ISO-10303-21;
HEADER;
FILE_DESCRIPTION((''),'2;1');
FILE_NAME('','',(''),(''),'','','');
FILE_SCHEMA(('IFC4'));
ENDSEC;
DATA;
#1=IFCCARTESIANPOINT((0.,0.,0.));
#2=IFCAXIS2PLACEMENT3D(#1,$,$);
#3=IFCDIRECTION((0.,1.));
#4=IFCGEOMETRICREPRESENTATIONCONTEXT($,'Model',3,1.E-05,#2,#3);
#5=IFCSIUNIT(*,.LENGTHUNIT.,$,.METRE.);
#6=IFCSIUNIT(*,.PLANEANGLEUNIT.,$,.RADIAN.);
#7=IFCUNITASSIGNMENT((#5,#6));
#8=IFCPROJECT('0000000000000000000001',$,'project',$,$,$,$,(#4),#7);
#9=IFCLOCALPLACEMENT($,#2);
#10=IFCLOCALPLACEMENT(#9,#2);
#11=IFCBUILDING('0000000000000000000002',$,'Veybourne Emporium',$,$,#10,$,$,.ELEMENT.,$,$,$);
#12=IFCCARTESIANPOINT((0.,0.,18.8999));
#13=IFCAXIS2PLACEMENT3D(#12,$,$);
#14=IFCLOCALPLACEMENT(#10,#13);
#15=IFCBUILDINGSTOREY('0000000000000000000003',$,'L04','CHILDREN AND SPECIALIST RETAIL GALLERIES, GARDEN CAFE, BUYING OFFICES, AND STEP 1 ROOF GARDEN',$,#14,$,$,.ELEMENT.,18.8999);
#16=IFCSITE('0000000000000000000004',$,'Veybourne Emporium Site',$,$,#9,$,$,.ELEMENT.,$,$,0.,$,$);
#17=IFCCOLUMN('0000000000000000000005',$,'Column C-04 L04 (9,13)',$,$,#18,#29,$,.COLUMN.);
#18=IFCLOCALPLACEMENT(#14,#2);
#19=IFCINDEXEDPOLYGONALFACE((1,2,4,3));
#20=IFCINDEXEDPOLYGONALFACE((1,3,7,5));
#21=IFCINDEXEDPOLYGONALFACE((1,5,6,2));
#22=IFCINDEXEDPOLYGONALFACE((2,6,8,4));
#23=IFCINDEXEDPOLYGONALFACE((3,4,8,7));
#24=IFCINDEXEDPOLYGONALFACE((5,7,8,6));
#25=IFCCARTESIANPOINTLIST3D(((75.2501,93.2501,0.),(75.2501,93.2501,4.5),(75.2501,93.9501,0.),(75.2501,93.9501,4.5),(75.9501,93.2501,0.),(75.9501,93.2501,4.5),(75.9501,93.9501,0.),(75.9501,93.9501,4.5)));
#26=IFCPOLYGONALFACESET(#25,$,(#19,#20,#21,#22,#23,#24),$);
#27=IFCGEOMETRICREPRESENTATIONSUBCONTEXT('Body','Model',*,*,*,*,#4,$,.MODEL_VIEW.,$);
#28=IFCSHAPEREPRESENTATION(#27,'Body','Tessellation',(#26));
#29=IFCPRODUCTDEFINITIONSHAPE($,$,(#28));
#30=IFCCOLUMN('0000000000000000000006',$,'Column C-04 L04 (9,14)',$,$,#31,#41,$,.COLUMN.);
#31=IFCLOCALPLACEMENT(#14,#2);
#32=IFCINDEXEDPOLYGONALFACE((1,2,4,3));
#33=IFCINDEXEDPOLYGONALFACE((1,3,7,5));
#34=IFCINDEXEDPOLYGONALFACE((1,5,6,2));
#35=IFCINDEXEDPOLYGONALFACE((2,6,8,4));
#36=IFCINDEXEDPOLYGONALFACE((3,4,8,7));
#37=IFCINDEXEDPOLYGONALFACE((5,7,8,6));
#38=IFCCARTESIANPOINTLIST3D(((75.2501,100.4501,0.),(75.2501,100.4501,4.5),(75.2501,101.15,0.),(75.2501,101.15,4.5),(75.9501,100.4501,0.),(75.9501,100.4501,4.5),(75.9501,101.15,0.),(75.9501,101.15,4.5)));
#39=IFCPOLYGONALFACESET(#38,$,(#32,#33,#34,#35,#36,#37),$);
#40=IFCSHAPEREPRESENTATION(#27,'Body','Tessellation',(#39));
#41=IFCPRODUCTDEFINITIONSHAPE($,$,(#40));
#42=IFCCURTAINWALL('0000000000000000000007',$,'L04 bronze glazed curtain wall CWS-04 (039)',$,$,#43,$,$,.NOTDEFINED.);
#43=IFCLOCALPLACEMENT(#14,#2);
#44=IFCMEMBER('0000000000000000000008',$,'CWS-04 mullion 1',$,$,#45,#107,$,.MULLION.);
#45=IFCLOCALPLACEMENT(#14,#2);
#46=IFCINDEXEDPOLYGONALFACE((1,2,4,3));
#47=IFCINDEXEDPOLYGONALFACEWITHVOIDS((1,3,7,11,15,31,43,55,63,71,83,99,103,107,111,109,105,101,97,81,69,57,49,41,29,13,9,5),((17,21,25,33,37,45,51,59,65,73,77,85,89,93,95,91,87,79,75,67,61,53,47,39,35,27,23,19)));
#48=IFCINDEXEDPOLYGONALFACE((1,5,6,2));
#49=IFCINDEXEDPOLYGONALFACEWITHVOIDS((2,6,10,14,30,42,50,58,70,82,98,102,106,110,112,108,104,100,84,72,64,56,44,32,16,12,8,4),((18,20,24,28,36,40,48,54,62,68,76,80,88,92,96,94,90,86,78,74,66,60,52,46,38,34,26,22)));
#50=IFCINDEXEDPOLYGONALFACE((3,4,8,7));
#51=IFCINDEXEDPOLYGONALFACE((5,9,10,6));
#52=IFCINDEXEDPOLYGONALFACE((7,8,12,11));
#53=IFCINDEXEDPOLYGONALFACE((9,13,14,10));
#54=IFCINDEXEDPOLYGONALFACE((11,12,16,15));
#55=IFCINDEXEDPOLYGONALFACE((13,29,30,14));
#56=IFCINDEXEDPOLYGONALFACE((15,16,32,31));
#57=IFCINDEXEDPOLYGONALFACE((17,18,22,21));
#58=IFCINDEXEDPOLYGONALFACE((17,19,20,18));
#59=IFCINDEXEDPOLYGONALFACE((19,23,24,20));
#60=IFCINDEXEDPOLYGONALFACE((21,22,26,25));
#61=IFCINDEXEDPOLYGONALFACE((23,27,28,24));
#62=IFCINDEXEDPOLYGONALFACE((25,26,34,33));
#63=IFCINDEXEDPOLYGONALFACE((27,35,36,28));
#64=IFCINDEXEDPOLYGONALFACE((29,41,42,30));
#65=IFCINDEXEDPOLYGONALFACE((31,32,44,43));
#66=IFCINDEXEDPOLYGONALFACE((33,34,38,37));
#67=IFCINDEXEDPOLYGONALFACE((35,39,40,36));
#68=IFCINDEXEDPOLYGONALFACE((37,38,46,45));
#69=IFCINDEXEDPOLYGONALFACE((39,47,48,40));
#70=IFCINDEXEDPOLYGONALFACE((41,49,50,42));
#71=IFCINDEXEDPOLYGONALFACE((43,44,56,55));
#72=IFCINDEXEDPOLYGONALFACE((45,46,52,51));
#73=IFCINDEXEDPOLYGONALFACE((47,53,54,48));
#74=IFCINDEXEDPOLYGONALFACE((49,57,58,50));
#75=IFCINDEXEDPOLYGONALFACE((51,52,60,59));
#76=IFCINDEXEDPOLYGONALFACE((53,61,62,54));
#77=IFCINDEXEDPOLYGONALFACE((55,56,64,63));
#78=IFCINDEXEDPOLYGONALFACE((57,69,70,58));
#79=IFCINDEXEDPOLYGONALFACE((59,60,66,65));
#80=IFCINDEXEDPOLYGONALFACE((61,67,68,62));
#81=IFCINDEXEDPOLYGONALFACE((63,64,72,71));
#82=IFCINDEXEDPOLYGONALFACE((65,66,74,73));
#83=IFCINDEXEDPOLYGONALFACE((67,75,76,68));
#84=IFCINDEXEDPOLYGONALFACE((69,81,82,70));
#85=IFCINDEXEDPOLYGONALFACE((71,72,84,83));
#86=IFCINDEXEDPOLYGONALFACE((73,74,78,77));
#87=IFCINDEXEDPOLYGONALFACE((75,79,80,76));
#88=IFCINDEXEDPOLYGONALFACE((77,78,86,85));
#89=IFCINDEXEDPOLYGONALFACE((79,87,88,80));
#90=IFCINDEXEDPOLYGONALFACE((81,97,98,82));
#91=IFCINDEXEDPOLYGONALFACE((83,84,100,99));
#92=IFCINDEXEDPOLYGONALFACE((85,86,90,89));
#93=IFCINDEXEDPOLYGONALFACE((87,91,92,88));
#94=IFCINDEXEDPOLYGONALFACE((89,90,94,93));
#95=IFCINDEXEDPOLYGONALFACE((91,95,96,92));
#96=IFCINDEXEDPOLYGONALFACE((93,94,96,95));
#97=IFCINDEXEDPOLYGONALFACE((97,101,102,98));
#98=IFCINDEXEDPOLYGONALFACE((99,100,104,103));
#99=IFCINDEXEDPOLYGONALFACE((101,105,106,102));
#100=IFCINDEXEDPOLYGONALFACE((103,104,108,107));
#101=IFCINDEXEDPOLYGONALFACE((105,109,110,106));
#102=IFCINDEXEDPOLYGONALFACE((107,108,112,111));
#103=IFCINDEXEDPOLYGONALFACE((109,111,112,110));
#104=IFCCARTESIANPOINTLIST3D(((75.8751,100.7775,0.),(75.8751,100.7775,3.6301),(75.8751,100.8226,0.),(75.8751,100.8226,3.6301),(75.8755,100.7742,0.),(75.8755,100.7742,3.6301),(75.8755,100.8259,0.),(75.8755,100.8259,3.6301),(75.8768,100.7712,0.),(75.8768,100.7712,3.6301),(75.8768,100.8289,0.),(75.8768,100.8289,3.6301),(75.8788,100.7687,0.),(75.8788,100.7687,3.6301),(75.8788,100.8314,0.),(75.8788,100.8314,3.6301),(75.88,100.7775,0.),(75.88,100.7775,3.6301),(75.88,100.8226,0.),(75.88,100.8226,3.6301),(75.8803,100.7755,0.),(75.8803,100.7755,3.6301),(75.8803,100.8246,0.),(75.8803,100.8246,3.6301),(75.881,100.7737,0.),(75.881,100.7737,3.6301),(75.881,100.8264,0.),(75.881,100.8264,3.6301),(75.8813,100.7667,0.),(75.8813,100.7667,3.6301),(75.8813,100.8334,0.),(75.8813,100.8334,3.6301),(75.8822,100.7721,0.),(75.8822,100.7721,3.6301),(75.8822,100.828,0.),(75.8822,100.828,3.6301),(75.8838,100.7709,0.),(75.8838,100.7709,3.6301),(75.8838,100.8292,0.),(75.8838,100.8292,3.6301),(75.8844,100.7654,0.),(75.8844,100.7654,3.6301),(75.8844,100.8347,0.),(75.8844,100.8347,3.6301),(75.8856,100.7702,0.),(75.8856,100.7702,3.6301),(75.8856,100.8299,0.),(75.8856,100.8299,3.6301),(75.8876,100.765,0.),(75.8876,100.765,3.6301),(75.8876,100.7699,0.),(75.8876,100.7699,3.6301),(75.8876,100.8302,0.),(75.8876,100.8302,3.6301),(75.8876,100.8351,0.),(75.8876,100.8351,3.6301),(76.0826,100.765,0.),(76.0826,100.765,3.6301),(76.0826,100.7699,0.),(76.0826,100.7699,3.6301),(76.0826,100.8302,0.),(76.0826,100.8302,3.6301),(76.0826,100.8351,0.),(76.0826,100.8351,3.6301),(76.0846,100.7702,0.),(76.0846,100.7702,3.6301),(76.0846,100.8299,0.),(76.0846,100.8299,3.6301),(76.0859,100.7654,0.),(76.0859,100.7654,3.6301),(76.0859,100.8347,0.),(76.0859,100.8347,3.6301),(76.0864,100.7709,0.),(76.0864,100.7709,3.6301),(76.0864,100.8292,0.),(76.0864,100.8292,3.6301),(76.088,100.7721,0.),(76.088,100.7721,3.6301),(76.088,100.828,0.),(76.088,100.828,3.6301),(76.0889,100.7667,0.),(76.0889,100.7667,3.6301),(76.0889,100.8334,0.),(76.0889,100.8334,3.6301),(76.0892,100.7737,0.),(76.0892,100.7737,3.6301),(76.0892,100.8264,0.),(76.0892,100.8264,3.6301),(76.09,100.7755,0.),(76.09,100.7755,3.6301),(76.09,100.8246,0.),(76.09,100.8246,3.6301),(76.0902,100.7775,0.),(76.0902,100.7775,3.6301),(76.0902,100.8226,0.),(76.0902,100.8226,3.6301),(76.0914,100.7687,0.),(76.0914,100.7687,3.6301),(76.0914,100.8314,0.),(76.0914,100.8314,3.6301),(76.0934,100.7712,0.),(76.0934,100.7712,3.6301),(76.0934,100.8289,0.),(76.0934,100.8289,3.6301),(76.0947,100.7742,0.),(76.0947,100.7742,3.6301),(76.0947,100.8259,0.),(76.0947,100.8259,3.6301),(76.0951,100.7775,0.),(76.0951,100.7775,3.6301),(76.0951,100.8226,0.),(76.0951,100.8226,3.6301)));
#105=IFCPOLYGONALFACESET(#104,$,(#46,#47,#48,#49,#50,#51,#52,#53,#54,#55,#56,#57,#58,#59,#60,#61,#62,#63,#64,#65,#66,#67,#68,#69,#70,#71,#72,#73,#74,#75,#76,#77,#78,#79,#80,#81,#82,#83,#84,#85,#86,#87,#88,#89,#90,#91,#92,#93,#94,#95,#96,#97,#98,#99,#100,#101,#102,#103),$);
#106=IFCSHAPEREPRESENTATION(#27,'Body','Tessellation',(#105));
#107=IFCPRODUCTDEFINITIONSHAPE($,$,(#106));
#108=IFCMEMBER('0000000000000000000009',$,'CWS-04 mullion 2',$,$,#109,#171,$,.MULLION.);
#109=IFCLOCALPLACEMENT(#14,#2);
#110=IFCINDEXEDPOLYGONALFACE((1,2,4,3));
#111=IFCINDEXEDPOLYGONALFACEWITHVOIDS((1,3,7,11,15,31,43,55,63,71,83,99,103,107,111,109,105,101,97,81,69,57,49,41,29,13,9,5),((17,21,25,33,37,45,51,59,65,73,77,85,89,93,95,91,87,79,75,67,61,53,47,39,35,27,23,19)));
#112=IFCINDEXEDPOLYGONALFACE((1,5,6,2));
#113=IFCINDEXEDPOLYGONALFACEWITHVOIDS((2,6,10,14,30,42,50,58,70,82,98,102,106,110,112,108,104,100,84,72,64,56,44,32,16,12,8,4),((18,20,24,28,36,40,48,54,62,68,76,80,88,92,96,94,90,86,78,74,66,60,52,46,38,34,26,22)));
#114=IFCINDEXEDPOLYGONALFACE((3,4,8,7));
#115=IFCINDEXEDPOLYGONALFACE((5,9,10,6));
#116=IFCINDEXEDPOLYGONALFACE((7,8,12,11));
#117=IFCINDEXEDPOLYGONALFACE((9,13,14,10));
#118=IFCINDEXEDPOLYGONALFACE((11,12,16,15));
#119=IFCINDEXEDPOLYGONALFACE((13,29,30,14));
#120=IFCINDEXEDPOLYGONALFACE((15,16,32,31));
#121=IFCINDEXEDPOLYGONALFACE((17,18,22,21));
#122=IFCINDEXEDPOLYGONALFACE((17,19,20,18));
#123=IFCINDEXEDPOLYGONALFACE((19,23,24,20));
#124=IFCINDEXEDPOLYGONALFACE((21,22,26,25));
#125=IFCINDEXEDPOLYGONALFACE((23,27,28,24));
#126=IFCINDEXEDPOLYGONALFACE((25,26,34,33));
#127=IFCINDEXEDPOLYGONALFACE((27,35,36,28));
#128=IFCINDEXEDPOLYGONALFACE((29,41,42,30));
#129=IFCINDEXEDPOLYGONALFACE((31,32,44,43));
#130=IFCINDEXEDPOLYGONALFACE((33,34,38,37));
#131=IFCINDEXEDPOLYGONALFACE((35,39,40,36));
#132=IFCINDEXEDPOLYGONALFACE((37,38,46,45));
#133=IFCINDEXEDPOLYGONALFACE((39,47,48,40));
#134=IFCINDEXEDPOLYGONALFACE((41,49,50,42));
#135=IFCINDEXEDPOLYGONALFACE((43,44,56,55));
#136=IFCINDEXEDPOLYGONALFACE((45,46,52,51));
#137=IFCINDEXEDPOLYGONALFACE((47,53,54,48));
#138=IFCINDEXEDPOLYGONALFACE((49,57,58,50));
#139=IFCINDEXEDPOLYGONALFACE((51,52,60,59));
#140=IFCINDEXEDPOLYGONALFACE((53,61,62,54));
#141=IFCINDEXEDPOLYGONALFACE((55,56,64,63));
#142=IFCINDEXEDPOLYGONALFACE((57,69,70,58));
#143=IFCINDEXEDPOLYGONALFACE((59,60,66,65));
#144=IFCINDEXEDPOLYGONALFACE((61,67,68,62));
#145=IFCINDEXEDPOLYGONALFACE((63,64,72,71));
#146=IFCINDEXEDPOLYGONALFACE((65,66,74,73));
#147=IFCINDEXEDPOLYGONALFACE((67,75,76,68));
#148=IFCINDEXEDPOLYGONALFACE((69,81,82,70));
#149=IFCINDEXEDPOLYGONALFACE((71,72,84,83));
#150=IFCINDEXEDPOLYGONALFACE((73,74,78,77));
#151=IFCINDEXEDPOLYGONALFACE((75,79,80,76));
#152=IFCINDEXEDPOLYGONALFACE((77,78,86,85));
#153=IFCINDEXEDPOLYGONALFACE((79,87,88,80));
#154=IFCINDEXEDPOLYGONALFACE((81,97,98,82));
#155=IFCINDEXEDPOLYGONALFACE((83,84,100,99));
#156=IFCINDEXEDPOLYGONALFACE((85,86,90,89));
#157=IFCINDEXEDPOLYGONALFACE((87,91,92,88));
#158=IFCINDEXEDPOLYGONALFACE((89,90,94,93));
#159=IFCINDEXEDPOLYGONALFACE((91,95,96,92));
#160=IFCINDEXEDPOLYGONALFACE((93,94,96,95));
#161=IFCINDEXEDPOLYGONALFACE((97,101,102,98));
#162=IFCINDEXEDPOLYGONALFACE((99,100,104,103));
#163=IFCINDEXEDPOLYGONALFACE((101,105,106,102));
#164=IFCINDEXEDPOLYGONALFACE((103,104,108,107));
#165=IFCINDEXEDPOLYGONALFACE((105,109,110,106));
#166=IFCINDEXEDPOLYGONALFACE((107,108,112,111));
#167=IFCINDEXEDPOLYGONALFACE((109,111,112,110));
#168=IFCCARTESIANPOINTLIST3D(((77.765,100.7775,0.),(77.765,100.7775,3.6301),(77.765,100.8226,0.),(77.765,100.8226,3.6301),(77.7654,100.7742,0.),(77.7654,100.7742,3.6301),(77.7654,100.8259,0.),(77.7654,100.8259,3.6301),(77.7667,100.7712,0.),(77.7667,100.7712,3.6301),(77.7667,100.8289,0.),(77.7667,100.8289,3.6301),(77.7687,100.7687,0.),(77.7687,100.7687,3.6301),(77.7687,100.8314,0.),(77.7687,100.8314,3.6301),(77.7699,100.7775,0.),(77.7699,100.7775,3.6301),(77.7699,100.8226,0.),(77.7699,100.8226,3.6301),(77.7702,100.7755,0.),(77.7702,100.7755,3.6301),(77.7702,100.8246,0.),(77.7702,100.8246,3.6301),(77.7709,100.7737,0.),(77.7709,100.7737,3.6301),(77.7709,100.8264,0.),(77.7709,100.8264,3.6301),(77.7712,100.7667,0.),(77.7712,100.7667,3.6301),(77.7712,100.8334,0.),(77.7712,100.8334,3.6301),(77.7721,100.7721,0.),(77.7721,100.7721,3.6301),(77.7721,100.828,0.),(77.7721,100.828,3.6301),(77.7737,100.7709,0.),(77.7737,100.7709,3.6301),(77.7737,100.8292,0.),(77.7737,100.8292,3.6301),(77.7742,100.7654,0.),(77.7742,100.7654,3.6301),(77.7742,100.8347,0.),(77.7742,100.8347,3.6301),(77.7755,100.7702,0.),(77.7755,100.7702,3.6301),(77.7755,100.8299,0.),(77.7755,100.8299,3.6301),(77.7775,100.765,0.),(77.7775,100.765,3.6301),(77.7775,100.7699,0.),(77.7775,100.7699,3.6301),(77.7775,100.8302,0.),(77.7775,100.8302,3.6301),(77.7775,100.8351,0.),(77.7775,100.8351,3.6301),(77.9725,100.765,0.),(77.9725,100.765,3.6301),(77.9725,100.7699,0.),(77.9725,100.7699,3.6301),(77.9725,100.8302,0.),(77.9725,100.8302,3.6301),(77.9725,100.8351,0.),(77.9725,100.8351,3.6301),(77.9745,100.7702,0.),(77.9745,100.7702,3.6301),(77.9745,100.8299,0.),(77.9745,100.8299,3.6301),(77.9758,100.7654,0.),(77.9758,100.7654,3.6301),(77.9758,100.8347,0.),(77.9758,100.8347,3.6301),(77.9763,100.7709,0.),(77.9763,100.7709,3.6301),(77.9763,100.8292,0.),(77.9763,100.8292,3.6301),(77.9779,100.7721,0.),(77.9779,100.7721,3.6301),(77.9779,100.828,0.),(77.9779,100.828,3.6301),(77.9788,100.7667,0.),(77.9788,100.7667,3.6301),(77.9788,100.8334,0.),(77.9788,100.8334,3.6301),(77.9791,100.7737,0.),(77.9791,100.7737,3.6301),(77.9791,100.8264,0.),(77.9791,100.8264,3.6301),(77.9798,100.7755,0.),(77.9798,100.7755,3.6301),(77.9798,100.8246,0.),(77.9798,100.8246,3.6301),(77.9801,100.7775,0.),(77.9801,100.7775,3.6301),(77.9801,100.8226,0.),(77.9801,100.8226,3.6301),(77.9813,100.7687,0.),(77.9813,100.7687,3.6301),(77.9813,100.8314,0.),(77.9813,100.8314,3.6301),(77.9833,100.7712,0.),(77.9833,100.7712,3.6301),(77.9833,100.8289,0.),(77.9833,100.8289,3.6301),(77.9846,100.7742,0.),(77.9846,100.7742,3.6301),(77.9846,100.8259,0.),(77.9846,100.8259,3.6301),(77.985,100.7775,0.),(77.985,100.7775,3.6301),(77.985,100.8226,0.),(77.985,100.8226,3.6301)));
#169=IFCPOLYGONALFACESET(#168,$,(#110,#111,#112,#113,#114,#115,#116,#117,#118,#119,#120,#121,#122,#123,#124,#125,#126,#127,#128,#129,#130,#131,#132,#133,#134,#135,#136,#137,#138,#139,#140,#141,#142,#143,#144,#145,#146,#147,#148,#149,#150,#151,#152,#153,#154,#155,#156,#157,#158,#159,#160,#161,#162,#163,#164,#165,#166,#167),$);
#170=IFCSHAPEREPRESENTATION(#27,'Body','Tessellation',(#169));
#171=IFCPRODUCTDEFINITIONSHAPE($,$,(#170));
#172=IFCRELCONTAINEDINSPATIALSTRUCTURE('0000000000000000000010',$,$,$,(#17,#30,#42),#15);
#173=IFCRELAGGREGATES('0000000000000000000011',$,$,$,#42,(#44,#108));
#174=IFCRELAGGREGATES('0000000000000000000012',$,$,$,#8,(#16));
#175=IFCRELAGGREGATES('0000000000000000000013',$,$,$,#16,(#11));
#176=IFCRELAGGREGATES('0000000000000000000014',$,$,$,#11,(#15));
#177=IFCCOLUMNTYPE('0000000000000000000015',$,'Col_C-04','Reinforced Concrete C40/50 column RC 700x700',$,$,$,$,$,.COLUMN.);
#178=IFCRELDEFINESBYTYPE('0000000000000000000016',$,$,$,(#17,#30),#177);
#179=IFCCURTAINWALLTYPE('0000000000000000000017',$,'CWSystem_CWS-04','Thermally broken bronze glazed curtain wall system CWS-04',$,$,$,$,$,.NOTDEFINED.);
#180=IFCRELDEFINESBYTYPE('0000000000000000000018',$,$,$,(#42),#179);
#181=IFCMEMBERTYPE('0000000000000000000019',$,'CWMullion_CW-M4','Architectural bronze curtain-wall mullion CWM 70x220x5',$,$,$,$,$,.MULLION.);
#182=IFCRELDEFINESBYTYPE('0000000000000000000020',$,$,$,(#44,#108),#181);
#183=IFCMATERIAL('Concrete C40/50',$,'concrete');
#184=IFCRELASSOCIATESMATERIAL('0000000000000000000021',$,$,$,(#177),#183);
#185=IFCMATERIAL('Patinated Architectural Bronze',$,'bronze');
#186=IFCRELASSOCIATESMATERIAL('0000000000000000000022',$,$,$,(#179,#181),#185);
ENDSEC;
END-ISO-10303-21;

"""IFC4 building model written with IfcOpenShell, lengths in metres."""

from ifc_helpers import new_model, si_unit, direction, frame, origin, origin_2d, place, context, subcontext, project, spatial, rectangle, hollow_rectangle, extrude, material, material_profile, profile_set, type_object, element, aggregate, save


model = new_model("IFC4")

# Units and contexts
model_context = context("Model", 3, precision=1e-05, world=origin(), true_north=direction((0.0, 1.0)))
body_context = subcontext(model_context, "Body", "Model", "MODEL_VIEW")
ifc_project = project(units=[si_unit("LENGTHUNIT", "METRE"), si_unit("PLANEANGLEUNIT", "RADIAN")], contexts=[model_context])

# Site, building, storey
site_placement = place(None, origin())
site = spatial("IfcSite", under=ifc_project, at=site_placement, Name="Veybourne Emporium Site", CompositionType="ELEMENT", RefElevation=0.0)
building_placement = place(site_placement, origin())
building = spatial("IfcBuilding", under=site, at=building_placement, Name="Veybourne Emporium", CompositionType="ELEMENT")
storey_placement = place(building_placement, frame((0.0, 0.0, 18.8999)))
storey = spatial("IfcBuildingStorey", under=building, at=storey_placement, Name="L04", Description="CHILDREN AND SPECIALIST RETAIL GALLERIES, GARDEN CAFE, BUYING OFFICES, AND STEP 1 ROOF GARDEN", CompositionType="ELEMENT", Elevation=18.8999)

# Columns
ifc_material_1 = material(Name="Concrete C40/50", Category="concrete")
ifc_material_profile_1 = material_profile(ifc_material_1, rectangle(XDim=0.7, YDim=0.7, at=origin_2d()), Name="RC 700x700")
ifc_profile_set_1 = profile_set([ifc_material_profile_1], Name="Concrete C40/50")
column_type = type_object("IfcColumnType", Name="Col_C-04", Description="Reinforced Concrete C40/50 column RC 700x700", PredefinedType="COLUMN", material=ifc_profile_set_1)
for number, where, z_axis, x_axis, name in (
    (1, (75.6001, 93.6001, 0.0), (0.0, 0.0, 1.0), (1.0, 0.0, 0.0), "Column C-04 L04 (9,13)"),
    (2, (75.6001, 100.8, 0.0), (0.0, 0.0, 1.0), (1.0, 0.0, 0.0), "Column C-04 L04 (9,14)"),
):
    element("IfcColumn", number, at=place(storey_placement, frame(where, z_axis=z_axis, x_axis=x_axis)), inside=storey, type_object=column_type, Name=name, PredefinedType="COLUMN", context=body_context, shape_type="SweptSolid", body=[
        extrude(rectangle(XDim=0.7, YDim=0.7, at=origin_2d()), origin(), (0.0, 0.0, 1.0), 4.5),
    ])

# Curtain wall, members
ifc_material_2 = material(Name="Patinated Architectural Bronze", Category="bronze")
curtain_wall_type = type_object("IfcCurtainWallType", Name="CWSystem_CWS-04", Description="Thermally broken bronze glazed curtain wall system CWS-04", PredefinedType="NOTDEFINED", material=ifc_material_2)
curtain_wall_placement = place(storey_placement, origin())
curtain_wall = element("IfcCurtainWall", 3, at=curtain_wall_placement, inside=storey, type_object=curtain_wall_type, Name="L04 bronze glazed curtain wall CWS-04 (039)", PredefinedType="NOTDEFINED")
ifc_material_profile_2 = material_profile(ifc_material_2, hollow_rectangle(XDim=0.0701, YDim=0.22, WallThickness=0.0049, InnerFilletRadius=0.0076, OuterFilletRadius=0.0125, at=origin_2d()), Name="CWM 70x220x5")
ifc_profile_set_2 = profile_set([ifc_material_profile_2], Name="Patinated Architectural Bronze")
member_type_1 = type_object("IfcMemberType", Name="CWMullion_CW-M4", Description="Architectural bronze curtain-wall mullion CWM 70x220x5", PredefinedType="MULLION", material=ifc_profile_set_2)
member_1_placement = place(storey_placement, frame((75.9851, 100.8, 0.0), z_axis=(0.0, 0.0, 1.0), x_axis=(0.0, 1.0, 0.0)))
member_1 = element("IfcMember", 4, at=member_1_placement, type_object=member_type_1, Name="CWS-04 mullion 1", PredefinedType="MULLION", context=body_context, shape_type="SweptSolid", body=[
    extrude(hollow_rectangle(XDim=0.0701, YDim=0.22, WallThickness=0.0049, InnerFilletRadius=0.0076, OuterFilletRadius=0.0125, at=origin_2d()), origin(), (0.0, 0.0, 1.0), 3.6301),
])
member_2_placement = place(storey_placement, frame((77.875, 100.8, 0.0), z_axis=(0.0, 0.0, 1.0), x_axis=(0.0, 1.0, 0.0)))
member_2 = element("IfcMember", 5, at=member_2_placement, type_object=member_type_1, Name="CWS-04 mullion 2", PredefinedType="MULLION", context=body_context, shape_type="SweptSolid", body=[
    extrude(hollow_rectangle(XDim=0.0701, YDim=0.22, WallThickness=0.0049, InnerFilletRadius=0.0076, OuterFilletRadius=0.0125, at=origin_2d()), origin(), (0.0, 0.0, 1.0), 3.6301),
])

aggregate(curtain_wall, [member_1, member_2])

save(model, "model.ifc")
